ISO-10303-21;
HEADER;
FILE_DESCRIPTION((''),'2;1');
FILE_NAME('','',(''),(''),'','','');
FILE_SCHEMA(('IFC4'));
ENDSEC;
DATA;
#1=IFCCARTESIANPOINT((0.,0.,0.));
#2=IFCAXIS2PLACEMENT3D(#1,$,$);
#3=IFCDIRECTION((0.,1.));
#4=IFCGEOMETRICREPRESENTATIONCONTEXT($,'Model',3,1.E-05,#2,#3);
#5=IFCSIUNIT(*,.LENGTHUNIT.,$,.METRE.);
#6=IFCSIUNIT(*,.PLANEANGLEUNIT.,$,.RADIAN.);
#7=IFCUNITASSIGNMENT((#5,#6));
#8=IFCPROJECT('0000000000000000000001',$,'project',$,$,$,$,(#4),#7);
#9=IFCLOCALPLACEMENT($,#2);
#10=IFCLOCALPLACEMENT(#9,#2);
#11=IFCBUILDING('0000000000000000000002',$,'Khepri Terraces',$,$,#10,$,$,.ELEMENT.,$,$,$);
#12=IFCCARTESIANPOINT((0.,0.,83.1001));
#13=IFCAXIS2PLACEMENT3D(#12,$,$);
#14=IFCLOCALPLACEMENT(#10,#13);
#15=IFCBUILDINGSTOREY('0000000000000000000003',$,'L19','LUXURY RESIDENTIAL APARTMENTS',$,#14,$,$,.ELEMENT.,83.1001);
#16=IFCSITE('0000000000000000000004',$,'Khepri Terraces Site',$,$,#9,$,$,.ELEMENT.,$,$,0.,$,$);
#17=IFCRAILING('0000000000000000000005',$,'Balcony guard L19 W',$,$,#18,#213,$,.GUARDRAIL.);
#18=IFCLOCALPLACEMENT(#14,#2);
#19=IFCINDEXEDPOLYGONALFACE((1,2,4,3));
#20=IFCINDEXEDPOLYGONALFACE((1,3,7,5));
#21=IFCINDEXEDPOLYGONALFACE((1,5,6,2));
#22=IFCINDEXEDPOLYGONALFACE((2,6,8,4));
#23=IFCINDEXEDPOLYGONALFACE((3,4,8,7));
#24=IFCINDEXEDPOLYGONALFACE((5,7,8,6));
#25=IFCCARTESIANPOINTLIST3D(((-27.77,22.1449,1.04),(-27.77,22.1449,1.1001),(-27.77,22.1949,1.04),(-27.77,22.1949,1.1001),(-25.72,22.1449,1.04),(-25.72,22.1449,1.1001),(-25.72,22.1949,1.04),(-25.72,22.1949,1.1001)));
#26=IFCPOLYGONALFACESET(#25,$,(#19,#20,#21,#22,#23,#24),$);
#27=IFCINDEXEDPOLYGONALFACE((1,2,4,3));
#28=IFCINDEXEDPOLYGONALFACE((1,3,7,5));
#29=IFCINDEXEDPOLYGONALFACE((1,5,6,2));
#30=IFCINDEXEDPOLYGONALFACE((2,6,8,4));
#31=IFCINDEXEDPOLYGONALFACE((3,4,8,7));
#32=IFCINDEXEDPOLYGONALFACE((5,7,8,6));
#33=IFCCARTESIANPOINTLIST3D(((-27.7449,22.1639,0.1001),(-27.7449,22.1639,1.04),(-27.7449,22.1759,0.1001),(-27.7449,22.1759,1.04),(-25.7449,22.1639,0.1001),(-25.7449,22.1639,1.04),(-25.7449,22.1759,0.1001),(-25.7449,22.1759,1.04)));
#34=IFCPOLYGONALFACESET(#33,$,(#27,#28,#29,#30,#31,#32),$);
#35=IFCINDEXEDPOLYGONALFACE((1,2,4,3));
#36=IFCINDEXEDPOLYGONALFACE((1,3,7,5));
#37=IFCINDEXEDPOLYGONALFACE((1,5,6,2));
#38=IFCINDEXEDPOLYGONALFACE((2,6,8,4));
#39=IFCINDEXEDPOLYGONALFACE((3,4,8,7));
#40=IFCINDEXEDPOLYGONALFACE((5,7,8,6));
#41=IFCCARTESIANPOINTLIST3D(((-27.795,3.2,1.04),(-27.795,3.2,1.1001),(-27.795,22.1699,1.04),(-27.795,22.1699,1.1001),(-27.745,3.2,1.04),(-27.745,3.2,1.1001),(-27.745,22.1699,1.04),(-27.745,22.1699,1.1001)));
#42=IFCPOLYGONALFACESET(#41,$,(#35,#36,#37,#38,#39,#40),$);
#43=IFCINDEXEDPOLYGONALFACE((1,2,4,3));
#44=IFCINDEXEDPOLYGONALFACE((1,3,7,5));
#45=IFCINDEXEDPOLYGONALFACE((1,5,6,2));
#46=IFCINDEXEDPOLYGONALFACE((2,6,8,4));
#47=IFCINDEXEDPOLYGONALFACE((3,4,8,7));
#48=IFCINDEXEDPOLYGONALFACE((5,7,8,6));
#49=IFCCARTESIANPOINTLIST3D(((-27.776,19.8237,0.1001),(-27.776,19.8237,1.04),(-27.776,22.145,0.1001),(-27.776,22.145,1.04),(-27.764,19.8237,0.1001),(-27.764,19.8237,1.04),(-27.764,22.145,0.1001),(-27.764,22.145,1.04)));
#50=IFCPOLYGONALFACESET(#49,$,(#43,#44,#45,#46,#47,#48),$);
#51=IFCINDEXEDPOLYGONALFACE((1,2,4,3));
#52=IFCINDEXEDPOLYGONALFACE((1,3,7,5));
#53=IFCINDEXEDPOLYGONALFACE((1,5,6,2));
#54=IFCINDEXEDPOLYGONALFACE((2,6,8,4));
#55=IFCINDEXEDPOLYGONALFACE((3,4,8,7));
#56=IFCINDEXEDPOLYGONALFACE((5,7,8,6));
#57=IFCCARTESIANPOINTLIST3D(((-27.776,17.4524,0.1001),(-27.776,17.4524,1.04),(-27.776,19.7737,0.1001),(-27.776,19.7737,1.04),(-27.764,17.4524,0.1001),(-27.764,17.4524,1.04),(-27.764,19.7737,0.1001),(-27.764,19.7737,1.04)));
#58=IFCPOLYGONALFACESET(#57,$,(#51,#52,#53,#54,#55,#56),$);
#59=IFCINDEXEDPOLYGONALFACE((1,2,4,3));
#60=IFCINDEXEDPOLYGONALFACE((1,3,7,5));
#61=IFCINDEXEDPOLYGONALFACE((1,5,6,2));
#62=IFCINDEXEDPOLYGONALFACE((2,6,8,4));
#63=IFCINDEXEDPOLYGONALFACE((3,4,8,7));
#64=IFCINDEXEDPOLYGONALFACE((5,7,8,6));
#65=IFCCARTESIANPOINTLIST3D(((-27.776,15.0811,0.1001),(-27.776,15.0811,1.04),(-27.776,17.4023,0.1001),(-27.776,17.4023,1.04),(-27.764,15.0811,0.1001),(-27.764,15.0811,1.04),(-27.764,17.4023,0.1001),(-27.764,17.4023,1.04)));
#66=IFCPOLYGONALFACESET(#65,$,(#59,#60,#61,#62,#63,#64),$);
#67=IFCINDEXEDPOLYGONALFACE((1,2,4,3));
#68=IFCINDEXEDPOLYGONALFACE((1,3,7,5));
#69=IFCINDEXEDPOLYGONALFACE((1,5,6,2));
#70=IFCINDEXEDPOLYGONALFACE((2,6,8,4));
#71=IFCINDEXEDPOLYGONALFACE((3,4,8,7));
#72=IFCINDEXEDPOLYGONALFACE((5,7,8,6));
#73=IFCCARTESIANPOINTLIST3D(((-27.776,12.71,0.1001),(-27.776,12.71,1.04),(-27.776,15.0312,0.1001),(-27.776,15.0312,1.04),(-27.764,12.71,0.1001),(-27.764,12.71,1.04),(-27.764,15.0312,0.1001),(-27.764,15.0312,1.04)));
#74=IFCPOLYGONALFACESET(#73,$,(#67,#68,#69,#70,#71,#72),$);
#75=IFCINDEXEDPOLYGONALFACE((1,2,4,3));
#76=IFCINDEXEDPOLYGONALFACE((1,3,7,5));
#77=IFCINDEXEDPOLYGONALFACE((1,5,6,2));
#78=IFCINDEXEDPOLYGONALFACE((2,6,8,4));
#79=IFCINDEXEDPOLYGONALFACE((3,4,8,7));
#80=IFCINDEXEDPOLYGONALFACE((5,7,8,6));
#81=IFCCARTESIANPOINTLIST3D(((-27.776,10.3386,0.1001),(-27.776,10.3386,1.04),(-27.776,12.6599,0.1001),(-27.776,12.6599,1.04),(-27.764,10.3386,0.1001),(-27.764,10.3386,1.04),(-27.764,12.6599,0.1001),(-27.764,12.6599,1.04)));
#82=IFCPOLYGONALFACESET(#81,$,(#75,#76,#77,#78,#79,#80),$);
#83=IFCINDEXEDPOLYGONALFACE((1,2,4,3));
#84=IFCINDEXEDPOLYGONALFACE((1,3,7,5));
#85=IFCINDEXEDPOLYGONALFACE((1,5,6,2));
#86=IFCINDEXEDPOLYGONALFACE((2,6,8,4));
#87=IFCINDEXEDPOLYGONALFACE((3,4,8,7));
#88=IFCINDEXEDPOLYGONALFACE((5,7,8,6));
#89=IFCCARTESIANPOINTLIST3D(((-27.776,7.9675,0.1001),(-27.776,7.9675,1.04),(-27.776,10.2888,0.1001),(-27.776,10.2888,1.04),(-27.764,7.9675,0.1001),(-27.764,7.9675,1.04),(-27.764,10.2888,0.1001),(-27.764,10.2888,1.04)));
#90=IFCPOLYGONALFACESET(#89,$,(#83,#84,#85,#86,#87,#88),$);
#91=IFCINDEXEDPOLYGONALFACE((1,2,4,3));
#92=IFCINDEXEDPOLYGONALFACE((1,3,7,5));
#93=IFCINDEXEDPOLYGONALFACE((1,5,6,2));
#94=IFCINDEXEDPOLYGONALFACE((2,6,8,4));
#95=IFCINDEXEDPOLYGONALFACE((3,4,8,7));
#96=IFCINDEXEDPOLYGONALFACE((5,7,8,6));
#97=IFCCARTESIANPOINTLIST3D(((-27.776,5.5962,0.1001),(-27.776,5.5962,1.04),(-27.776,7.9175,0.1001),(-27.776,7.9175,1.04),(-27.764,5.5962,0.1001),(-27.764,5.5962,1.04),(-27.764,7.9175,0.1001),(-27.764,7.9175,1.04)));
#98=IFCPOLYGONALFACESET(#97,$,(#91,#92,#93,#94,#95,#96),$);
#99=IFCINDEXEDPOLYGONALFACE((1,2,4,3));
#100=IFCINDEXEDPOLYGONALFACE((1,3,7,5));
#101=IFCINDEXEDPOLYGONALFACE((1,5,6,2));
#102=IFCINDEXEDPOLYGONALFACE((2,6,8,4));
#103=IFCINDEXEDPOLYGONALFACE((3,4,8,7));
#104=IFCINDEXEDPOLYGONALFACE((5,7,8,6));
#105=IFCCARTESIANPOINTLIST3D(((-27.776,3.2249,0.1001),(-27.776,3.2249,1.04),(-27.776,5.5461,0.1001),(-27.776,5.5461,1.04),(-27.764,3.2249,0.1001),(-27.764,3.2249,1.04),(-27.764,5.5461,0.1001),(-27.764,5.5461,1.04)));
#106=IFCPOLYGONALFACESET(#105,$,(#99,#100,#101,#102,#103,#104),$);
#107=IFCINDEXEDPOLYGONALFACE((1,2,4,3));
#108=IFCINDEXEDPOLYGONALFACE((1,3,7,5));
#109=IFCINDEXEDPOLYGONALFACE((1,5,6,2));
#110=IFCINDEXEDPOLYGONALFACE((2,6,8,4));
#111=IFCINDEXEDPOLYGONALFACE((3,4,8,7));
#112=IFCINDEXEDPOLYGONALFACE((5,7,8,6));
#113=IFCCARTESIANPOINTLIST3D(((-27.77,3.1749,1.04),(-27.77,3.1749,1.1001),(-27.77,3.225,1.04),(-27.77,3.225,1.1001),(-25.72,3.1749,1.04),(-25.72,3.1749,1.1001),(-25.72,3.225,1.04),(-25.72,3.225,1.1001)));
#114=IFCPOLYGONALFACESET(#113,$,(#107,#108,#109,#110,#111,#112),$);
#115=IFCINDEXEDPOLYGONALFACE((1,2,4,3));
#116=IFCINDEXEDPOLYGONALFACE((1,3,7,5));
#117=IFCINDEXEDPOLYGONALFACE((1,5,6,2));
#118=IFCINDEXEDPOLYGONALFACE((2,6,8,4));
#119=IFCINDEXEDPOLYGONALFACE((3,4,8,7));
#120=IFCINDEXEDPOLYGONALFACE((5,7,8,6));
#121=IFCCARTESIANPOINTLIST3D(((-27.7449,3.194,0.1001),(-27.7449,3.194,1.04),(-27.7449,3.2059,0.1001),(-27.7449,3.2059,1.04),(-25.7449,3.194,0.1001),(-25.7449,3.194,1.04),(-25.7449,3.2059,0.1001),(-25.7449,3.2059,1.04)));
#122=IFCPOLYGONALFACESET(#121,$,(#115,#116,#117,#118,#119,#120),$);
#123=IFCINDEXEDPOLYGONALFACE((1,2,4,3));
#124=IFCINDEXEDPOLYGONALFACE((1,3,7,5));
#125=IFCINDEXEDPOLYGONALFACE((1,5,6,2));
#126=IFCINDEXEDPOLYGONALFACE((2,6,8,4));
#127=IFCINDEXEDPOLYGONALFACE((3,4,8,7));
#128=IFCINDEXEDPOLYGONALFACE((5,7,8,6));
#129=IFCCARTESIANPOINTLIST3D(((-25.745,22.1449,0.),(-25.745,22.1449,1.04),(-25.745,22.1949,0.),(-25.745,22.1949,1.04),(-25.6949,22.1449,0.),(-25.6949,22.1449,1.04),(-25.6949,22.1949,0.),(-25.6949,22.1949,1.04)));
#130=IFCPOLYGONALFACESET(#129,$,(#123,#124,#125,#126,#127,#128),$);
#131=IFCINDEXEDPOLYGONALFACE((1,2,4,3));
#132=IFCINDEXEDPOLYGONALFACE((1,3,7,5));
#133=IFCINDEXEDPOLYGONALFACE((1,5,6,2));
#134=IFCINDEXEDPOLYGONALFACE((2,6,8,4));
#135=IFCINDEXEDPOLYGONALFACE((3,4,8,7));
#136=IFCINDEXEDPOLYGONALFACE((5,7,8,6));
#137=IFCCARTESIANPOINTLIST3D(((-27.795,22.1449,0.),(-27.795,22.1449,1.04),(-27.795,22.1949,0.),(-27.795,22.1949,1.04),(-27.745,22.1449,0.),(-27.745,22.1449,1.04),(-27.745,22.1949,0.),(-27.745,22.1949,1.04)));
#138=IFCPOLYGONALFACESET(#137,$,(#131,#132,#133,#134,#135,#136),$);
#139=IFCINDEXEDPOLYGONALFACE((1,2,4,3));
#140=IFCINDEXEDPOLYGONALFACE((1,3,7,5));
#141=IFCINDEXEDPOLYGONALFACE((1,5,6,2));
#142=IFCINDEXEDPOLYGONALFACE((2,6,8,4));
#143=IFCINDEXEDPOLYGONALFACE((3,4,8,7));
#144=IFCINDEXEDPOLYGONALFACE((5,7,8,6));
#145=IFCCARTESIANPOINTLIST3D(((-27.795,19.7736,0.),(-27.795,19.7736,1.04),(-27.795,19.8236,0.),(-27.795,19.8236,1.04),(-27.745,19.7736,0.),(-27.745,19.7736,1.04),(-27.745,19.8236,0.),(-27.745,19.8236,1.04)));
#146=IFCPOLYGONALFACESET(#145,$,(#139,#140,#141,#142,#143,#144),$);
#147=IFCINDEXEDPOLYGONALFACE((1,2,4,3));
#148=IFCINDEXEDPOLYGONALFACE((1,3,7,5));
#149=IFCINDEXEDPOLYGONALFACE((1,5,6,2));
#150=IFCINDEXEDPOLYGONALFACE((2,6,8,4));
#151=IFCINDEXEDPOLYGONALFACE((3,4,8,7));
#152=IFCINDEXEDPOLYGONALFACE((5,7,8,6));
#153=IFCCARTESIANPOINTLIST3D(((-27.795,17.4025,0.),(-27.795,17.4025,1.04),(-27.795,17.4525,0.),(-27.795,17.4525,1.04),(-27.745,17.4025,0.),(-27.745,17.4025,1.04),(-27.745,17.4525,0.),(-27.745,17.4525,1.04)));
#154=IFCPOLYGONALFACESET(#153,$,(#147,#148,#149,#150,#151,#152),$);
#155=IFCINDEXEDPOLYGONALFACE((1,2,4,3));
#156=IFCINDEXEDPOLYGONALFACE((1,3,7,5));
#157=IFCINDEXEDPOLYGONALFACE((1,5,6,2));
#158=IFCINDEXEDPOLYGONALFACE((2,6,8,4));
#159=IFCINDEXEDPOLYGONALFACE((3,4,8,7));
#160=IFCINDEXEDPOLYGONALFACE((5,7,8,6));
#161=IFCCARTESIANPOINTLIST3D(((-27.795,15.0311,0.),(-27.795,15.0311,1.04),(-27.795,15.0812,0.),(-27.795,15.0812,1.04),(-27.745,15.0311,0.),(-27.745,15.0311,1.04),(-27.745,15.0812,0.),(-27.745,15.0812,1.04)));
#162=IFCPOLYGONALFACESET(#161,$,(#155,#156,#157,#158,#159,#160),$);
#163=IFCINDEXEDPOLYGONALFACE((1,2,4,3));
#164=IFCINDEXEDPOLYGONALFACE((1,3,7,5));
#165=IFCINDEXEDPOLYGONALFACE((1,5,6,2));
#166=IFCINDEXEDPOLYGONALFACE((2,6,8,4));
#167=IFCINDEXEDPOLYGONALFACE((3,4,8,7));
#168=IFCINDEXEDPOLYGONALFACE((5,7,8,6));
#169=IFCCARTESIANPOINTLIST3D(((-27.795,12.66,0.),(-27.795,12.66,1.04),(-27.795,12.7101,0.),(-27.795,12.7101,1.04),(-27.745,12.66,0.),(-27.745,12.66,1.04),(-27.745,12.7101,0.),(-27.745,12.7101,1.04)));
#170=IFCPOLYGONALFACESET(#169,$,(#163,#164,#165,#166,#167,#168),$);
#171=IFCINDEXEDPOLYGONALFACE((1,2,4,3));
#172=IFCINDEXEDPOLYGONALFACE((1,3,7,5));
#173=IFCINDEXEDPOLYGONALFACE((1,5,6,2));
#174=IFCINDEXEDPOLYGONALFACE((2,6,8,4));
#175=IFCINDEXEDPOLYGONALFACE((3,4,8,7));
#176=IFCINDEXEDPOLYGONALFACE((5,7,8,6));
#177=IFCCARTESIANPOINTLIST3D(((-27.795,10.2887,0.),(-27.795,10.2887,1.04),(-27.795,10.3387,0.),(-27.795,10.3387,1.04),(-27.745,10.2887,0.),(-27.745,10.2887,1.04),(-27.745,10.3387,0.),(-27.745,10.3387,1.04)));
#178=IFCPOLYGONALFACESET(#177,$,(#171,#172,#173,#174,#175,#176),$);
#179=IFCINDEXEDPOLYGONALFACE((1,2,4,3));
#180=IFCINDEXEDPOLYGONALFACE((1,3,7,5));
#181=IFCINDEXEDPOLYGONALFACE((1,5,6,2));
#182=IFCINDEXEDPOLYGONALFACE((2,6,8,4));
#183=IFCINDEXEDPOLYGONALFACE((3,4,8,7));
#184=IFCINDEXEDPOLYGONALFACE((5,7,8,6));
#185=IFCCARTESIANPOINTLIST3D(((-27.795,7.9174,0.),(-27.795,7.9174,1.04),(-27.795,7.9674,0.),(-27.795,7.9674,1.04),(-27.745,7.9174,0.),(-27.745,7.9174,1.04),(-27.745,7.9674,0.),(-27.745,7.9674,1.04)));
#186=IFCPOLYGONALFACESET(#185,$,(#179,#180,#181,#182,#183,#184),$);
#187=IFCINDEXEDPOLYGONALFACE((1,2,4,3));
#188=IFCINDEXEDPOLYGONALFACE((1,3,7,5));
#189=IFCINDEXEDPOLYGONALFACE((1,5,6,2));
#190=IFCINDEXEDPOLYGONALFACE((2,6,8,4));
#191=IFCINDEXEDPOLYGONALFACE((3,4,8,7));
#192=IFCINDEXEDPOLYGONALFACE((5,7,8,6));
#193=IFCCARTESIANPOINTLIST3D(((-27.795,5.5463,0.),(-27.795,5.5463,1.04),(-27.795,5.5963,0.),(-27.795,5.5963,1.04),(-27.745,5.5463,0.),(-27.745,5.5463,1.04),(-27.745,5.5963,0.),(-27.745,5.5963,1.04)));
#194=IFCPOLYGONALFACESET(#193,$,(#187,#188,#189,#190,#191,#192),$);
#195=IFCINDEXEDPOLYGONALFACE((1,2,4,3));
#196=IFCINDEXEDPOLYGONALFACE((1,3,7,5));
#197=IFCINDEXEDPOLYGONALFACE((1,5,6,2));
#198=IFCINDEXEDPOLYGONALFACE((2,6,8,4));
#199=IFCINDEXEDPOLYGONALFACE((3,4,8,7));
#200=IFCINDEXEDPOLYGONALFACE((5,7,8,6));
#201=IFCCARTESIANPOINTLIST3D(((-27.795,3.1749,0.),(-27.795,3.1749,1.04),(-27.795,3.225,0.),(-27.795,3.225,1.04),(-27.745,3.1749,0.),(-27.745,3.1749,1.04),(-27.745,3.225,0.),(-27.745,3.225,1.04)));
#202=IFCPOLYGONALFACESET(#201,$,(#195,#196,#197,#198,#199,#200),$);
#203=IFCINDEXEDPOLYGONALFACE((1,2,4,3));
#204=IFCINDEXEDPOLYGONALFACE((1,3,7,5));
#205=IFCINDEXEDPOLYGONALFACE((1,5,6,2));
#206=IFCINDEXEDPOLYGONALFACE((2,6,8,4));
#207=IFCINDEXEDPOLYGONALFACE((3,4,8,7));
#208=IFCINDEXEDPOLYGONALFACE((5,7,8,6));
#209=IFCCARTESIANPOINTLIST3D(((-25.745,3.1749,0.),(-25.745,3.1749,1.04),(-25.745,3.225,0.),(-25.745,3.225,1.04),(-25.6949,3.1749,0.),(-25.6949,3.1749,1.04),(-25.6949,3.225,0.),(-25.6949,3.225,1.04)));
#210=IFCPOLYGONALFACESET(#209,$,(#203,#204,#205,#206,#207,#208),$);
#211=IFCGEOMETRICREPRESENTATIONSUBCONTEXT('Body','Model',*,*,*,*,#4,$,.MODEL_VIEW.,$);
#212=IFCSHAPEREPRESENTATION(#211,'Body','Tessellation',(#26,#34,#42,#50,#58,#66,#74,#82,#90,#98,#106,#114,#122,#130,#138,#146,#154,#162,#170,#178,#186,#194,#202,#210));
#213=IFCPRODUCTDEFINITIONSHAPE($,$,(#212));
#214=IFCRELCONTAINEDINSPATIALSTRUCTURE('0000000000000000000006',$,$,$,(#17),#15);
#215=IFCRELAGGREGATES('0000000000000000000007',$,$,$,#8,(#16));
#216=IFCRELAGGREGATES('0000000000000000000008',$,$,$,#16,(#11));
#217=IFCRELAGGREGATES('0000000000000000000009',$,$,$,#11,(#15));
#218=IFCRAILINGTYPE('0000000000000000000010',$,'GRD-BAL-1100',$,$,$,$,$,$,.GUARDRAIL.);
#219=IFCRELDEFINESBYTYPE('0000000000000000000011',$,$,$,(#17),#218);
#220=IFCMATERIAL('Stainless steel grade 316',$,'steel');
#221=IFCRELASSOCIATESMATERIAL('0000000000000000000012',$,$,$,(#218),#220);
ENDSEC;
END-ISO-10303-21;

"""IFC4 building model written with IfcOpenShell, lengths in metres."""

from ifc_helpers import new_model, si_unit, direction, frame, origin, origin_2d, place, context, subcontext, project, spatial, rectangle, extrude, material, type_object, element, save


model = new_model("IFC4")

# Units and contexts
model_context = context("Model", 3, precision=1e-05, world=origin(), true_north=direction((0.0, 1.0)))
body_context = subcontext(model_context, "Body", "Model", "MODEL_VIEW")
ifc_project = project(units=[si_unit("LENGTHUNIT", "METRE"), si_unit("PLANEANGLEUNIT", "RADIAN")], contexts=[model_context])

# Site, building, storey
site_placement = place(None, origin())
site = spatial("IfcSite", under=ifc_project, at=site_placement, Name="Khepri Terraces Site", CompositionType="ELEMENT", RefElevation=0.0)
building_placement = place(site_placement, origin())
building = spatial("IfcBuilding", under=site, at=building_placement, Name="Khepri Terraces", CompositionType="ELEMENT")
storey_placement = place(building_placement, frame((0.0, 0.0, 83.1001)))
storey = spatial("IfcBuildingStorey", under=building, at=storey_placement, Name="L19", Description="LUXURY RESIDENTIAL APARTMENTS", CompositionType="ELEMENT", Elevation=83.1001)

# Railing
ifc_material_1 = material(Name="Stainless steel grade 316", Category="steel")
railing_type = type_object("IfcRailingType", Name="GRD-BAL-1100", PredefinedType="GUARDRAIL", material=ifc_material_1)
railing_placement = place(storey_placement, frame((-25.72, 22.1699, 0.0)))
element("IfcRailing", 1, at=railing_placement, inside=storey, type_object=railing_type, Name="Balcony guard L19 W", PredefinedType="GUARDRAIL", context=body_context, shape_type="SweptSolid", body=[
    extrude(rectangle(XDim=0.05, YDim=0.0601, at=origin_2d()), frame((0.0, 0.0, 1.0701), z_axis=(-1.0, 0.0, 0.0), x_axis=(0.0, -1.0, 0.0)), (0.0, 0.0, 1.0), 2.05),
    extrude(rectangle(XDim=2.0, YDim=0.012, at=origin_2d()), frame((-1.0249, 0.0, 0.1001), z_axis=(0.0, 0.0, 1.0), x_axis=(-1.0, 0.0, 0.0)), (0.0, 0.0, 1.0), 0.9399),
    extrude(rectangle(XDim=0.05, YDim=0.0601, at=origin_2d()), frame((-2.05, 0.0, 1.0701), z_axis=(0.0, -1.0, 0.0), x_axis=(1.0, 0.0, 0.0)), (0.0, 0.0, 1.0), 18.97),
    extrude(rectangle(XDim=2.3213, YDim=0.012, at=origin_2d()), frame((-2.05, -1.1855, 0.1001), z_axis=(0.0, 0.0, 1.0), x_axis=(0.0, -1.0, 0.0)), (0.0, 0.0, 1.0), 0.9399),
    extrude(rectangle(XDim=2.3213, YDim=0.012, at=origin_2d()), frame((-2.05, -3.5569, 0.1001), z_axis=(0.0, 0.0, 1.0), x_axis=(0.0, -1.0, 0.0)), (0.0, 0.0, 1.0), 0.9399),
    extrude(rectangle(XDim=2.3213, YDim=0.012, at=origin_2d()), frame((-2.05, -5.9282, 0.1001), z_axis=(0.0, 0.0, 1.0), x_axis=(0.0, -1.0, 0.0)), (0.0, 0.0, 1.0), 0.9399),
    extrude(rectangle(XDim=2.3213, YDim=0.012, at=origin_2d()), frame((-2.05, -8.2993, 0.1001), z_axis=(0.0, 0.0, 1.0), x_axis=(0.0, -1.0, 0.0)), (0.0, 0.0, 1.0), 0.9399),
    extrude(rectangle(XDim=2.3213, YDim=0.012, at=origin_2d()), frame((-2.05, -10.6707, 0.1001), z_axis=(0.0, 0.0, 1.0), x_axis=(0.0, -1.0, 0.0)), (0.0, 0.0, 1.0), 0.9399),
    extrude(rectangle(XDim=2.3213, YDim=0.012, at=origin_2d()), frame((-2.05, -13.0417, 0.1001), z_axis=(0.0, 0.0, 1.0), x_axis=(0.0, -1.0, 0.0)), (0.0, 0.0, 1.0), 0.9399),
    extrude(rectangle(XDim=2.3213, YDim=0.012, at=origin_2d()), frame((-2.05, -15.4131, 0.1001), z_axis=(0.0, 0.0, 1.0), x_axis=(0.0, -1.0, 0.0)), (0.0, 0.0, 1.0), 0.9399),
    extrude(rectangle(XDim=2.3213, YDim=0.012, at=origin_2d()), frame((-2.05, -17.7844, 0.1001), z_axis=(0.0, 0.0, 1.0), x_axis=(0.0, -1.0, 0.0)), (0.0, 0.0, 1.0), 0.9399),
    extrude(rectangle(XDim=0.05, YDim=0.0601, at=origin_2d()), frame((-2.05, -18.97, 1.0701), z_axis=(1.0, 0.0, 0.0), x_axis=(0.0, 1.0, 0.0)), (0.0, 0.0, 1.0), 2.05),
    extrude(rectangle(XDim=2.0, YDim=0.012, at=origin_2d()), frame((-1.0249, -18.97, 0.1001), z_axis=(0.0, 0.0, 1.0), x_axis=(1.0, 0.0, 0.0)), (0.0, 0.0, 1.0), 0.9399),
    extrude(rectangle(XDim=0.05, YDim=0.05, at=origin_2d()), origin(), (0.0, 0.0, 1.0), 1.04),
    extrude(rectangle(XDim=0.05, YDim=0.05, at=origin_2d()), frame((-2.05, 0.0, 0.0)), (0.0, 0.0, 1.0), 1.04),
    extrude(rectangle(XDim=0.05, YDim=0.05, at=origin_2d()), frame((-2.05, -2.3713, 0.0)), (0.0, 0.0, 1.0), 1.04),
    extrude(rectangle(XDim=0.05, YDim=0.05, at=origin_2d()), frame((-2.05, -4.7424, 0.0)), (0.0, 0.0, 1.0), 1.04),
    extrude(rectangle(XDim=0.05, YDim=0.05, at=origin_2d()), frame((-2.05, -7.1138, 0.0)), (0.0, 0.0, 1.0), 1.04),
    extrude(rectangle(XDim=0.05, YDim=0.05, at=origin_2d()), frame((-2.05, -9.4849, 0.0)), (0.0, 0.0, 1.0), 1.04),
    extrude(rectangle(XDim=0.05, YDim=0.05, at=origin_2d()), frame((-2.05, -11.8562, 0.0)), (0.0, 0.0, 1.0), 1.04),
    extrude(rectangle(XDim=0.05, YDim=0.05, at=origin_2d()), frame((-2.05, -14.2275, 0.0)), (0.0, 0.0, 1.0), 1.04),
    extrude(rectangle(XDim=0.05, YDim=0.05, at=origin_2d()), frame((-2.05, -16.5986, 0.0)), (0.0, 0.0, 1.0), 1.04),
    extrude(rectangle(XDim=0.05, YDim=0.05, at=origin_2d()), frame((-2.05, -18.97, 0.0)), (0.0, 0.0, 1.0), 1.04),
    extrude(rectangle(XDim=0.05, YDim=0.05, at=origin_2d()), frame((0.0, -18.97, 0.0)), (0.0, 0.0, 1.0), 1.04),
])

save(model, "model.ifc")
